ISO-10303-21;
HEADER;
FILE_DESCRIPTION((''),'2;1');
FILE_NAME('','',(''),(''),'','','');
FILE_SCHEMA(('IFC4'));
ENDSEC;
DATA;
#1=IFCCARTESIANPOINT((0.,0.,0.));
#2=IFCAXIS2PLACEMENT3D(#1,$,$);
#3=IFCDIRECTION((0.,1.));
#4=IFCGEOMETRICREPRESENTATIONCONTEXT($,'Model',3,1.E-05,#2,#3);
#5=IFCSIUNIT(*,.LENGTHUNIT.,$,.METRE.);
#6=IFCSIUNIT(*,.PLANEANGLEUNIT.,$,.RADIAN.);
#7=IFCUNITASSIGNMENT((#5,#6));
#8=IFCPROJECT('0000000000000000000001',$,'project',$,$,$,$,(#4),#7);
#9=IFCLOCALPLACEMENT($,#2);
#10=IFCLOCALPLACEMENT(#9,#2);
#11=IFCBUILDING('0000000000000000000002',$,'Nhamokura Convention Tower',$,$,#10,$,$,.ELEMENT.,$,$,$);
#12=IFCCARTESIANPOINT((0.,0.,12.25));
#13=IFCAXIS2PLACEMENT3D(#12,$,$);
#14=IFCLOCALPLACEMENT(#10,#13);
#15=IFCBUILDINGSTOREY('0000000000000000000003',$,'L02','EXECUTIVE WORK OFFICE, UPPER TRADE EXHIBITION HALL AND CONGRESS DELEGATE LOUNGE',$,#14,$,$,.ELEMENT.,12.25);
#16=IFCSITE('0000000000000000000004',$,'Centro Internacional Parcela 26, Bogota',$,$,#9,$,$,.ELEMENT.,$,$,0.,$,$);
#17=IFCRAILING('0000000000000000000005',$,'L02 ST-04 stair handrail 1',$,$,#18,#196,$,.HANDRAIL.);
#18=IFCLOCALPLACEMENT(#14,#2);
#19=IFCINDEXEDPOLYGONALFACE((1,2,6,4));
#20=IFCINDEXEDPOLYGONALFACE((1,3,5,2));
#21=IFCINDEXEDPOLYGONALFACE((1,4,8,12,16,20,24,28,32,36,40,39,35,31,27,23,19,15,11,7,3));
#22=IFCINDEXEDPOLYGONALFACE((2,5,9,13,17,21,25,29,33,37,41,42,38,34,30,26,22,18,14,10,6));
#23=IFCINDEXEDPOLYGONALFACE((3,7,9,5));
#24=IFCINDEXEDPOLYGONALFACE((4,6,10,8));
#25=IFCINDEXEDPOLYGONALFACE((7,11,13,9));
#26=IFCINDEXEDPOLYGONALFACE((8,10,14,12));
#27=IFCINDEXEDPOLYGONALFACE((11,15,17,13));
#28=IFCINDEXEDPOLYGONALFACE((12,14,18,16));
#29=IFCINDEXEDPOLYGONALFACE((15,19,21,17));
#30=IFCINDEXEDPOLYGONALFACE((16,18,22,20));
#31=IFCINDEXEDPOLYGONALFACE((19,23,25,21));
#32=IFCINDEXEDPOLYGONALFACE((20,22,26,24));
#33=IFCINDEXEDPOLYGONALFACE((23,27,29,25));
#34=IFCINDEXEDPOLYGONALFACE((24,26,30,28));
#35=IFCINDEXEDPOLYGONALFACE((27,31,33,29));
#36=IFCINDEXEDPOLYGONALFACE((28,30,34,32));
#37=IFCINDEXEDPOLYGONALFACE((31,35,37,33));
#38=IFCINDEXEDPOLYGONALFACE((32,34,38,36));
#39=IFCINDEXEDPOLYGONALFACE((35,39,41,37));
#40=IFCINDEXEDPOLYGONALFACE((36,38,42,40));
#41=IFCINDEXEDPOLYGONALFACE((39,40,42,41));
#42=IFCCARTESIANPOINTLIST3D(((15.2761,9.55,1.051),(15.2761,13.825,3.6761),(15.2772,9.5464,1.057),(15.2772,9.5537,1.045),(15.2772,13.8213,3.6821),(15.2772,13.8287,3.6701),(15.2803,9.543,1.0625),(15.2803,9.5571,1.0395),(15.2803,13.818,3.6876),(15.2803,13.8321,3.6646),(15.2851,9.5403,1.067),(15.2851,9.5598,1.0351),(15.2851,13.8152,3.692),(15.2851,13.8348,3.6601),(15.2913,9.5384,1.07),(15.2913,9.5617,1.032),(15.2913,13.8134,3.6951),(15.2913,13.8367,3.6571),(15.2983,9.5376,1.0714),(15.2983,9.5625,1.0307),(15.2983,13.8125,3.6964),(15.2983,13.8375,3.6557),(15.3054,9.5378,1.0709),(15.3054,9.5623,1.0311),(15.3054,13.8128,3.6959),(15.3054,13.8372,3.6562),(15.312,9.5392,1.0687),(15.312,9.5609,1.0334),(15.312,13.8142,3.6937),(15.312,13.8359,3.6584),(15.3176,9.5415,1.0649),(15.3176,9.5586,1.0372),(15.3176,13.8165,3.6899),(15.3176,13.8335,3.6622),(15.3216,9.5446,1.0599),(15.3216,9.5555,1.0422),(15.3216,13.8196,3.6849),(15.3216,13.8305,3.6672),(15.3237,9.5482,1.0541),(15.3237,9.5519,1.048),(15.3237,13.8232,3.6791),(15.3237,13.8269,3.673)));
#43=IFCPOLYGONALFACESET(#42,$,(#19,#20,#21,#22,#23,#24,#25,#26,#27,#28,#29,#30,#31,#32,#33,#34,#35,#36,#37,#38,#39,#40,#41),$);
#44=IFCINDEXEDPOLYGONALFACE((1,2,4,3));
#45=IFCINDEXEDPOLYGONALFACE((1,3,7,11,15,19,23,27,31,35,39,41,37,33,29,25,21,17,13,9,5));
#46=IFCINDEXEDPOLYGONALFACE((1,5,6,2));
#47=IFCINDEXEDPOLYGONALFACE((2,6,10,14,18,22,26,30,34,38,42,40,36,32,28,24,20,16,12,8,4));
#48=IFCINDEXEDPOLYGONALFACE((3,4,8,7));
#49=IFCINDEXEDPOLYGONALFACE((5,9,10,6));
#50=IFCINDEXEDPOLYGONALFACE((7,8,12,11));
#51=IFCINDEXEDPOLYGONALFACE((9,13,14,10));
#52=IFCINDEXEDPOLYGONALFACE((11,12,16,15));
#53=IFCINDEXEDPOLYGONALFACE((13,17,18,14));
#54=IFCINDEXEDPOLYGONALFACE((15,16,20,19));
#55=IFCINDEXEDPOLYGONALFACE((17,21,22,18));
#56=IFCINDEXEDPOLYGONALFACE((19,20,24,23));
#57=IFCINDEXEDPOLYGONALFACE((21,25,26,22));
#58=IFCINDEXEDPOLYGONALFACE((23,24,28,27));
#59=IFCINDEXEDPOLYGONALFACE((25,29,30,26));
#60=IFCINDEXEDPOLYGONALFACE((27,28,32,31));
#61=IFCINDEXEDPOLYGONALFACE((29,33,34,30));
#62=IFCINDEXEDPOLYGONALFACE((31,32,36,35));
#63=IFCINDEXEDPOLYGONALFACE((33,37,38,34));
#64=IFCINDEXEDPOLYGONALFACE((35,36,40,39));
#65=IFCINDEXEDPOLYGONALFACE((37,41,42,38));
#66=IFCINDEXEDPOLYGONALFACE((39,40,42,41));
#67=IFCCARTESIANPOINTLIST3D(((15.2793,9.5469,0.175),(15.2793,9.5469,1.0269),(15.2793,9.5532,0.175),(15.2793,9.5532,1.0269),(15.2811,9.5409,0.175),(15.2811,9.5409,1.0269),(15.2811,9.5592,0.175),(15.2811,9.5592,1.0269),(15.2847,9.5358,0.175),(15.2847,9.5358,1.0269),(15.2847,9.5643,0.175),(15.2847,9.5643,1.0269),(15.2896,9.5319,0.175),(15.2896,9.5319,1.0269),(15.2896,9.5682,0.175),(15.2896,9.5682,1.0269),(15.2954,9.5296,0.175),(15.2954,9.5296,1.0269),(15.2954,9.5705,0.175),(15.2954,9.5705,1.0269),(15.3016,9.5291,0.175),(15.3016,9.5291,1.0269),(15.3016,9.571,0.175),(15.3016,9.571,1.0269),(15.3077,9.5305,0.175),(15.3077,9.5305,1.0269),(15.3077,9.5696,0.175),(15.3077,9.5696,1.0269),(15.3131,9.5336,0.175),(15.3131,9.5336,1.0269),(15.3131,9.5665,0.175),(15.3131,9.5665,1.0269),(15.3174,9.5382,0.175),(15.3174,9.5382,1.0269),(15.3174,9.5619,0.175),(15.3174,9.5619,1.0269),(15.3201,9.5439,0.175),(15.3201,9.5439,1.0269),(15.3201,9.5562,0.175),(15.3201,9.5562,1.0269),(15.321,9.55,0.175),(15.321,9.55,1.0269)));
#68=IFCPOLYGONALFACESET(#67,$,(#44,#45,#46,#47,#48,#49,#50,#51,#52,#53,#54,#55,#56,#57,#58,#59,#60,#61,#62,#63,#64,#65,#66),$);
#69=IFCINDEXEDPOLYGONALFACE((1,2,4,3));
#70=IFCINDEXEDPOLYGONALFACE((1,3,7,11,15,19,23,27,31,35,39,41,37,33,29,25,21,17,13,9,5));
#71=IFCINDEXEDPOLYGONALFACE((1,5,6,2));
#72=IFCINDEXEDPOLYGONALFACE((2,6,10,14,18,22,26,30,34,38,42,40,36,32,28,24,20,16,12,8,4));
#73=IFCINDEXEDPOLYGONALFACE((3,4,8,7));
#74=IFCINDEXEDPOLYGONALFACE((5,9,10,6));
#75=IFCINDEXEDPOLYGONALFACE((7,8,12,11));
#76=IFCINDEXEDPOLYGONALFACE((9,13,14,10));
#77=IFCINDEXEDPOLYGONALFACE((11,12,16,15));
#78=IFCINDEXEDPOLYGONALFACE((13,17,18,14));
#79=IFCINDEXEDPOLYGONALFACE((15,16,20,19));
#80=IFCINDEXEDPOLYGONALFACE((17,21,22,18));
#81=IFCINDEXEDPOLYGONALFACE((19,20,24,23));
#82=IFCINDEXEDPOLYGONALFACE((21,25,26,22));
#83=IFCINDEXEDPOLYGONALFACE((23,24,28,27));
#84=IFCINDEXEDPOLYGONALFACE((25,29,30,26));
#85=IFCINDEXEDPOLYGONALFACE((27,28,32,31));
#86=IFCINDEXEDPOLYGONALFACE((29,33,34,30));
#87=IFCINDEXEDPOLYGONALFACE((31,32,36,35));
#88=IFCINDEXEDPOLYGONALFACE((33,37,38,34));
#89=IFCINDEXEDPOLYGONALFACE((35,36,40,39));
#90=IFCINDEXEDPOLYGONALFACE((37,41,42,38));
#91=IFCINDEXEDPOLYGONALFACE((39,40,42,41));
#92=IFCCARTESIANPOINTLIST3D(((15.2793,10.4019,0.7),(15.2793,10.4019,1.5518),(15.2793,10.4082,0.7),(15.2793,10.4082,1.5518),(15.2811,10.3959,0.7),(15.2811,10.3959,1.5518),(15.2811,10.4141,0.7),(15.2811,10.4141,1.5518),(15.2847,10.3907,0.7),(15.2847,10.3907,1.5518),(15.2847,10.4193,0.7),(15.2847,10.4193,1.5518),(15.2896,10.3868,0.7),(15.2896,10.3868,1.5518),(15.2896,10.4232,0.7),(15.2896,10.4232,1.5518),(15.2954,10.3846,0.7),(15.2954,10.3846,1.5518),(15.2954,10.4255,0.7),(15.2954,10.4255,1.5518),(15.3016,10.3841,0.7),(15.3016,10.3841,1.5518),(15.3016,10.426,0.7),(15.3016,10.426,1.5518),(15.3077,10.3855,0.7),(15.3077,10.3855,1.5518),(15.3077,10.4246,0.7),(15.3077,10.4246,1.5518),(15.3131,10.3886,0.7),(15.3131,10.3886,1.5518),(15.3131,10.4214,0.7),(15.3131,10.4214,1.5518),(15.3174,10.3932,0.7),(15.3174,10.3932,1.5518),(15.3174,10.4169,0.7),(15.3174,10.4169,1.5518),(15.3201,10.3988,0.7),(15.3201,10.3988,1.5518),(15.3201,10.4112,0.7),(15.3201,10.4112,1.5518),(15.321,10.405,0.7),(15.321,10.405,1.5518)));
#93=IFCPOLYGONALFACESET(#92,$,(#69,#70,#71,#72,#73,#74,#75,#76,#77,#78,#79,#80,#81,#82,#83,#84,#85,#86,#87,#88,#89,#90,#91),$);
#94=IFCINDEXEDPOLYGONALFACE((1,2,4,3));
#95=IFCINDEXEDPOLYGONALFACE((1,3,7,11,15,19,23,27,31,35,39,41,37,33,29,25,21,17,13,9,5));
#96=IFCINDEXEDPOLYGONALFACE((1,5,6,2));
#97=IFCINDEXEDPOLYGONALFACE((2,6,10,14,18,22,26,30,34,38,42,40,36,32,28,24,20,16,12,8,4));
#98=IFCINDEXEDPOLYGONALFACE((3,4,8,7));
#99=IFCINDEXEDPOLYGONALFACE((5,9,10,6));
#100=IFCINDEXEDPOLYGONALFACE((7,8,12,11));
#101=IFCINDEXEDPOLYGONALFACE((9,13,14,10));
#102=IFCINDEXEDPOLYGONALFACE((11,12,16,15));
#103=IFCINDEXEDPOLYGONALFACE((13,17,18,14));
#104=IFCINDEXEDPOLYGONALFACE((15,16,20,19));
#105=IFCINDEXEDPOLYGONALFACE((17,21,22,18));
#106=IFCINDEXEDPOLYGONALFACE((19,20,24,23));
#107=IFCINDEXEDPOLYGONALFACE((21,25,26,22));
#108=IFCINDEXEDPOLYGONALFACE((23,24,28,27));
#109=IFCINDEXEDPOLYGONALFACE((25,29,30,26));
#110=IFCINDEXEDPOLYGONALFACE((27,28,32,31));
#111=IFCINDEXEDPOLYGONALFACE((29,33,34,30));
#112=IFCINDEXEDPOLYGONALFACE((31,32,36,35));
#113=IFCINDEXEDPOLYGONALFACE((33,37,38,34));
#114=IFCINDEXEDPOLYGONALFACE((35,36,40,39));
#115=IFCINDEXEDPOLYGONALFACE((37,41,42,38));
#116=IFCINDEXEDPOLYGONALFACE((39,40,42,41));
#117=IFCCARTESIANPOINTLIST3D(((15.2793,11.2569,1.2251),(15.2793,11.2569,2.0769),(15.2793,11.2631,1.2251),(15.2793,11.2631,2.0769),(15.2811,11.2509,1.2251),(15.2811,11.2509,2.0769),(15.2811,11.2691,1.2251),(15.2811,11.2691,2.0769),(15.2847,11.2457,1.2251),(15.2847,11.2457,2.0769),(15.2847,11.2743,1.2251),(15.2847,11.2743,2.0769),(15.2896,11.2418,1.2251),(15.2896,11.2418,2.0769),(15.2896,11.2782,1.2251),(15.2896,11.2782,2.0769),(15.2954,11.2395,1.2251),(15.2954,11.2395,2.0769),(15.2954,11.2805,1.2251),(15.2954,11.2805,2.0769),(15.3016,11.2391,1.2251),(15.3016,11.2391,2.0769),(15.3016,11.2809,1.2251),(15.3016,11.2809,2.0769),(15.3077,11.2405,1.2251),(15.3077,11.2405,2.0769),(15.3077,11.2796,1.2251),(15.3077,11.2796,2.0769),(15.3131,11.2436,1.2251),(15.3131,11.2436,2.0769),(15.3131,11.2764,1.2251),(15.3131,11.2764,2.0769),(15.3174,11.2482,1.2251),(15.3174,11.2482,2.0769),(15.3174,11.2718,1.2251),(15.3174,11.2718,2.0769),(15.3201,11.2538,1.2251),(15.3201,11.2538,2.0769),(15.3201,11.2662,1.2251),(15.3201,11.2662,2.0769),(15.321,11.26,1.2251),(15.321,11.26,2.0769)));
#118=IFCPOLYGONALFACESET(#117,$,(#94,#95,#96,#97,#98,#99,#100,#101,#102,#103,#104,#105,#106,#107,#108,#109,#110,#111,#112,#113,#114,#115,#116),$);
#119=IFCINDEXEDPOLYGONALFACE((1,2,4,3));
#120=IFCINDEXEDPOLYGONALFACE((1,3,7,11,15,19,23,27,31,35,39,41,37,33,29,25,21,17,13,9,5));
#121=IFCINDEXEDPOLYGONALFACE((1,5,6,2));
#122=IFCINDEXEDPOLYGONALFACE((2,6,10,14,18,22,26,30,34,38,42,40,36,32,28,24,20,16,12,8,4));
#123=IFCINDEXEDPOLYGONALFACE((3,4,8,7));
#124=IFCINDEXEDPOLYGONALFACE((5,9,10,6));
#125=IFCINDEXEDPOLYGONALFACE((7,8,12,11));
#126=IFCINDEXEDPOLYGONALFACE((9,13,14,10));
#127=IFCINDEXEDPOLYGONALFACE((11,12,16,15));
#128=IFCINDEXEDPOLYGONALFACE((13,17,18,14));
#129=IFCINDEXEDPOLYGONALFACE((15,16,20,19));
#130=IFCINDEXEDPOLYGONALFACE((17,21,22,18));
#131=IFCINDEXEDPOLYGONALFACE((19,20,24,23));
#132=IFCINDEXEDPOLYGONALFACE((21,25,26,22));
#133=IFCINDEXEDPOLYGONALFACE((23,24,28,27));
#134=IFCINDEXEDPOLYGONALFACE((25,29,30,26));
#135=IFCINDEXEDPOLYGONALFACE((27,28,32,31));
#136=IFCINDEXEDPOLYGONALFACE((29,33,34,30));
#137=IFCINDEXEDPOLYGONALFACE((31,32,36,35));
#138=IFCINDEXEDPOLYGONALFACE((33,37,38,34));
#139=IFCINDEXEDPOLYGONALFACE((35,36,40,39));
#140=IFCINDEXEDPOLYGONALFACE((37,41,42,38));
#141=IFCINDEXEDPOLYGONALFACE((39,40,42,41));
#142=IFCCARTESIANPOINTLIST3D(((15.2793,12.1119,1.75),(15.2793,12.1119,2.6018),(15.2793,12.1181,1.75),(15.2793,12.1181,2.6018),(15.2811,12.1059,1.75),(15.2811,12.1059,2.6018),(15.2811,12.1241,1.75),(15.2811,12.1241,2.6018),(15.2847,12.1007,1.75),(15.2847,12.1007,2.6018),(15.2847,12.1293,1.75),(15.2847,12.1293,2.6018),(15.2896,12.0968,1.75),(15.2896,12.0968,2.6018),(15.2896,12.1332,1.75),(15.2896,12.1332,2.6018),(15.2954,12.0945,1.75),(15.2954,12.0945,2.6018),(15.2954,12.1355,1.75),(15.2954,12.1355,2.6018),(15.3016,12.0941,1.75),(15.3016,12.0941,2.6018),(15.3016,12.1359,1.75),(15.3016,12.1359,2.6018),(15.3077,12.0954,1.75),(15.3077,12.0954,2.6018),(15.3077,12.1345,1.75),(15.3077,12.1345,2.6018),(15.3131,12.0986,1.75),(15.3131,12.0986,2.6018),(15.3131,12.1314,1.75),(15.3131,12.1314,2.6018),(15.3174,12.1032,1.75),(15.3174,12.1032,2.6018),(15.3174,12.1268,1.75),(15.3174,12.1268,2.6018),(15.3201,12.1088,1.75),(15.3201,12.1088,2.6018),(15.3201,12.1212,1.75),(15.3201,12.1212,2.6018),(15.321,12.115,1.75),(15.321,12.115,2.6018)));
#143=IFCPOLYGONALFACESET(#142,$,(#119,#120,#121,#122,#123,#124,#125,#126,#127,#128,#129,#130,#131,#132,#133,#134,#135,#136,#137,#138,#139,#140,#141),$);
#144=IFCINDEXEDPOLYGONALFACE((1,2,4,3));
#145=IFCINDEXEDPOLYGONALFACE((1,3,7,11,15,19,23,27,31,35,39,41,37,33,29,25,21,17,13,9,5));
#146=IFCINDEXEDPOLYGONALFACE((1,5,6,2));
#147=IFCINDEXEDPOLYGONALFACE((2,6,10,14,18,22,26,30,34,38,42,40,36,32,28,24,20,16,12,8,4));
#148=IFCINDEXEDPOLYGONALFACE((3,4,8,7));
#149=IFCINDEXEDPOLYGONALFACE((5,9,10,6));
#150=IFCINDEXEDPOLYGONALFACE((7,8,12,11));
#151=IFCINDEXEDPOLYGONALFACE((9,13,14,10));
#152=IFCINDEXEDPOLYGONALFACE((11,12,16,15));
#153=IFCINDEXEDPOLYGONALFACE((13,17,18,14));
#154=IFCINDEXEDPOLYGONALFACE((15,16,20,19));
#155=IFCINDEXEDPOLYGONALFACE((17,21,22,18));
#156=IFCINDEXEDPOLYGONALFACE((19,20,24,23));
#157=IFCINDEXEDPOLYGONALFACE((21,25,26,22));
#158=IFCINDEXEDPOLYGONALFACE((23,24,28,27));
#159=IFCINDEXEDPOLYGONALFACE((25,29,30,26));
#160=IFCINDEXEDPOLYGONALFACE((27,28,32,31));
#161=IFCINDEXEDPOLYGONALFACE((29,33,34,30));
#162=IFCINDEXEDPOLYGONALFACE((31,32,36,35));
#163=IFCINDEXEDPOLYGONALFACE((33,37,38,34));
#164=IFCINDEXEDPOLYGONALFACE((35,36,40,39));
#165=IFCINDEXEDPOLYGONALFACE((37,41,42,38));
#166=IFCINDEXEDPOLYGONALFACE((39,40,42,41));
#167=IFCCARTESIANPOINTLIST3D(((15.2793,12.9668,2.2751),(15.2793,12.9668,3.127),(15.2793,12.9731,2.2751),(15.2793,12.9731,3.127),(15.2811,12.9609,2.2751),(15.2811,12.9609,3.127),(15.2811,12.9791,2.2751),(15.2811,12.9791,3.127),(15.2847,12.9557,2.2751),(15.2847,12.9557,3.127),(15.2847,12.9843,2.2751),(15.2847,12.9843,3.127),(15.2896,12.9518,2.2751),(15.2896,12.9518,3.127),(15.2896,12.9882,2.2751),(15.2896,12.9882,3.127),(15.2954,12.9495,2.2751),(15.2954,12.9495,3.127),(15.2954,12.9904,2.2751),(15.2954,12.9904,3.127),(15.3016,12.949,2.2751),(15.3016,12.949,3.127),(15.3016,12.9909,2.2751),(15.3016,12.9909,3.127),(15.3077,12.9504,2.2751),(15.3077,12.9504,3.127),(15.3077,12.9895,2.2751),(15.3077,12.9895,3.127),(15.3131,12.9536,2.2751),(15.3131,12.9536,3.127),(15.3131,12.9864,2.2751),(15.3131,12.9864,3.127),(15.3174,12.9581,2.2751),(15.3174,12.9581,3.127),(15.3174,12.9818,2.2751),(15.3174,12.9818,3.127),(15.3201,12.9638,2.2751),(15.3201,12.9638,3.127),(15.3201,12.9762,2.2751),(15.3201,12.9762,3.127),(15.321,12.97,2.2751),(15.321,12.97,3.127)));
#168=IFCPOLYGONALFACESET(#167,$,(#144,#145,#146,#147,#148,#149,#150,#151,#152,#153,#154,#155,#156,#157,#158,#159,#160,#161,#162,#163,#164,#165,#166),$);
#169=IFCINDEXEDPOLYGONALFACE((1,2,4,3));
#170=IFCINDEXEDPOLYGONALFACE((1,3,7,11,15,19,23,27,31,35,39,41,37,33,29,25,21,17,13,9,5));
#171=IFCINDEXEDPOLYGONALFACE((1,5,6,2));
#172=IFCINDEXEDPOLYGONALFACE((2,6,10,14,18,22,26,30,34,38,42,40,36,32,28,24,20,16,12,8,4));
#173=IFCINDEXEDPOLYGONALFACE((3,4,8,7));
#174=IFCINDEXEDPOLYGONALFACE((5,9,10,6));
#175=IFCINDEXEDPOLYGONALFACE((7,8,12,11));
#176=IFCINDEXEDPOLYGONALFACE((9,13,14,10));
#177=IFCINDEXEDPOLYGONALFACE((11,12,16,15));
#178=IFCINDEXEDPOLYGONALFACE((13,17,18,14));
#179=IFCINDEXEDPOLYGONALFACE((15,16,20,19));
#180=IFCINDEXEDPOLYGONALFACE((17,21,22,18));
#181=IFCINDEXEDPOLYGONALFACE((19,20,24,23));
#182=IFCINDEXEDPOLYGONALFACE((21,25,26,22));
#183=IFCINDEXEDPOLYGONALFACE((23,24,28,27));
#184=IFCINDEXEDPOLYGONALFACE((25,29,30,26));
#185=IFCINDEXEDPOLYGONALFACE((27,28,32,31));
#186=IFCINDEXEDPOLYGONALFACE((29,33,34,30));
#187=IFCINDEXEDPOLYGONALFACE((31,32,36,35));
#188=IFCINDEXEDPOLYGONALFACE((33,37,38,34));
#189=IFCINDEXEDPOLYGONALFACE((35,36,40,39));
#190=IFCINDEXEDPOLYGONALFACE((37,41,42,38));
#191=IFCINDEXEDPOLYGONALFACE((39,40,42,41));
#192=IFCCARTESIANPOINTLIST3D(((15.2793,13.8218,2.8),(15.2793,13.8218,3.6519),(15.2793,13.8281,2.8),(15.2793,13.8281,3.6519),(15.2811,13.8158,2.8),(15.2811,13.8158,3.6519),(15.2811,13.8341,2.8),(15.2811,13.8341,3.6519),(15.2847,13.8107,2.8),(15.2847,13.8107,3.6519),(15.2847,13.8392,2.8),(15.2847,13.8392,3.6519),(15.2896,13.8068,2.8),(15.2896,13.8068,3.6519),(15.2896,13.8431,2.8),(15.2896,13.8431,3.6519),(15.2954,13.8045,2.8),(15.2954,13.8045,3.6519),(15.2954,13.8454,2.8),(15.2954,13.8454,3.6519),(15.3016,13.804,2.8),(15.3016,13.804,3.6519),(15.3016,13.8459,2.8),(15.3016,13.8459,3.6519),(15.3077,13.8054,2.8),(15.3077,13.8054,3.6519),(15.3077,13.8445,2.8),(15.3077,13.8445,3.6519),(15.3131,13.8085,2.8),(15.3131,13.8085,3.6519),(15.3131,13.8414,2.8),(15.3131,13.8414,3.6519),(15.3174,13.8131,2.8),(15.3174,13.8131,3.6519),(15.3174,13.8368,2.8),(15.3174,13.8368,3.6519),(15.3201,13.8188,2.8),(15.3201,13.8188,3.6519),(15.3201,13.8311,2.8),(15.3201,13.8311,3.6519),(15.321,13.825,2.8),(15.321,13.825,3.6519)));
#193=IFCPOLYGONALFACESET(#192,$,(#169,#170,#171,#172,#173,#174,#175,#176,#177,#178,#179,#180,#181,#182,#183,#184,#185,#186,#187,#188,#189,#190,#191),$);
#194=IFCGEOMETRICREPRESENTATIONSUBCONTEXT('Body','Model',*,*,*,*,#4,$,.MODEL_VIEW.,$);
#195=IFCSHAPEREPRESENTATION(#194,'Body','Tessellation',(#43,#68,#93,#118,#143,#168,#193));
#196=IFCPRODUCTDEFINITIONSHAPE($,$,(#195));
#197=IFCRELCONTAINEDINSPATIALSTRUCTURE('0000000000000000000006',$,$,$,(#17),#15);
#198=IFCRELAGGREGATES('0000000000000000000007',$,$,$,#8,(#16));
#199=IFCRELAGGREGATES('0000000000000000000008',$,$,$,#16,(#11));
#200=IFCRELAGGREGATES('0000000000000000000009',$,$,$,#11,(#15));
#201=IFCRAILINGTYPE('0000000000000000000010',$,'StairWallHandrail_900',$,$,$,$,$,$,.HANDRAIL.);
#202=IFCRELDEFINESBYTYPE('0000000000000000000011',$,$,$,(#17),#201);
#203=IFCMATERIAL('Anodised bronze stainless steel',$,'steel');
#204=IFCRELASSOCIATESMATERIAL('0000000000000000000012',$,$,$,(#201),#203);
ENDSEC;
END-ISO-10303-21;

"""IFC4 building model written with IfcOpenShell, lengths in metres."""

from ifc_helpers import new_model, si_unit, direction, frame, origin, origin_2d, place, context, subcontext, project, spatial, circle, extrude, material, type_object, element, save


model = new_model("IFC4")

# Units and contexts
model_context = context("Model", 3, precision=1e-05, world=origin(), true_north=direction((0.0, 1.0)))
body_context = subcontext(model_context, "Body", "Model", "MODEL_VIEW")
ifc_project = project(units=[si_unit("LENGTHUNIT", "METRE"), si_unit("PLANEANGLEUNIT", "RADIAN")], contexts=[model_context])

# Site, building, storey
site_placement = place(None, origin())
site = spatial("IfcSite", under=ifc_project, at=site_placement, Name="Centro Internacional Parcela 26, Bogota", CompositionType="ELEMENT", RefElevation=0.0)
building_placement = place(site_placement, origin())
building = spatial("IfcBuilding", under=site, at=building_placement, Name="Nhamokura Convention Tower", CompositionType="ELEMENT")
storey_placement = place(building_placement, frame((0.0, 0.0, 12.25)))
storey = spatial("IfcBuildingStorey", under=building, at=storey_placement, Name="L02", Description="EXECUTIVE WORK OFFICE, UPPER TRADE EXHIBITION HALL AND CONGRESS DELEGATE LOUNGE", CompositionType="ELEMENT", Elevation=12.25)

# Railing
ifc_material_1 = material(Name="Anodised bronze stainless steel", Category="steel")
railing_type_1 = type_object("IfcRailingType", Name="StairWallHandrail_900", PredefinedType="HANDRAIL", material=ifc_material_1)
railing_1_placement = place(storey_placement, frame((15.3, 9.55, 0.175)))
element("IfcRailing", 1, at=railing_1_placement, inside=storey, type_object=railing_type_1, Name="L02 ST-04 stair handrail 1", PredefinedType="HANDRAIL", context=body_context, shape_type="SweptSolid", body=[
    extrude(circle(Radius=0.0239, at=origin_2d()), frame((0.0, 0.0, 0.876), z_axis=(0.0, 0.852166, 0.523272), x_axis=(-1.0, 0.0, 0.0)), (0.0, 0.0, 1.0), 5.0166),
    extrude(circle(Radius=0.021, at=origin_2d()), origin(), (0.0, 0.0, 1.0), 0.8518),
    extrude(circle(Radius=0.021, at=origin_2d()), frame((0.0, 0.855, 0.5249)), (0.0, 0.0, 1.0), 0.8518),
    extrude(circle(Radius=0.021, at=origin_2d()), frame((0.0, 1.71, 1.05)), (0.0, 0.0, 1.0), 0.8518),
    extrude(circle(Radius=0.021, at=origin_2d()), frame((0.0, 2.5649, 1.575)), (0.0, 0.0, 1.0), 0.8518),
    extrude(circle(Radius=0.021, at=origin_2d()), frame((0.0, 3.4199, 2.1001)), (0.0, 0.0, 1.0), 0.8518),
    extrude(circle(Radius=0.021, at=origin_2d()), frame((0.0, 4.2749, 2.625)), (0.0, 0.0, 1.0), 0.8518),
])

save(model, "model.ifc")
